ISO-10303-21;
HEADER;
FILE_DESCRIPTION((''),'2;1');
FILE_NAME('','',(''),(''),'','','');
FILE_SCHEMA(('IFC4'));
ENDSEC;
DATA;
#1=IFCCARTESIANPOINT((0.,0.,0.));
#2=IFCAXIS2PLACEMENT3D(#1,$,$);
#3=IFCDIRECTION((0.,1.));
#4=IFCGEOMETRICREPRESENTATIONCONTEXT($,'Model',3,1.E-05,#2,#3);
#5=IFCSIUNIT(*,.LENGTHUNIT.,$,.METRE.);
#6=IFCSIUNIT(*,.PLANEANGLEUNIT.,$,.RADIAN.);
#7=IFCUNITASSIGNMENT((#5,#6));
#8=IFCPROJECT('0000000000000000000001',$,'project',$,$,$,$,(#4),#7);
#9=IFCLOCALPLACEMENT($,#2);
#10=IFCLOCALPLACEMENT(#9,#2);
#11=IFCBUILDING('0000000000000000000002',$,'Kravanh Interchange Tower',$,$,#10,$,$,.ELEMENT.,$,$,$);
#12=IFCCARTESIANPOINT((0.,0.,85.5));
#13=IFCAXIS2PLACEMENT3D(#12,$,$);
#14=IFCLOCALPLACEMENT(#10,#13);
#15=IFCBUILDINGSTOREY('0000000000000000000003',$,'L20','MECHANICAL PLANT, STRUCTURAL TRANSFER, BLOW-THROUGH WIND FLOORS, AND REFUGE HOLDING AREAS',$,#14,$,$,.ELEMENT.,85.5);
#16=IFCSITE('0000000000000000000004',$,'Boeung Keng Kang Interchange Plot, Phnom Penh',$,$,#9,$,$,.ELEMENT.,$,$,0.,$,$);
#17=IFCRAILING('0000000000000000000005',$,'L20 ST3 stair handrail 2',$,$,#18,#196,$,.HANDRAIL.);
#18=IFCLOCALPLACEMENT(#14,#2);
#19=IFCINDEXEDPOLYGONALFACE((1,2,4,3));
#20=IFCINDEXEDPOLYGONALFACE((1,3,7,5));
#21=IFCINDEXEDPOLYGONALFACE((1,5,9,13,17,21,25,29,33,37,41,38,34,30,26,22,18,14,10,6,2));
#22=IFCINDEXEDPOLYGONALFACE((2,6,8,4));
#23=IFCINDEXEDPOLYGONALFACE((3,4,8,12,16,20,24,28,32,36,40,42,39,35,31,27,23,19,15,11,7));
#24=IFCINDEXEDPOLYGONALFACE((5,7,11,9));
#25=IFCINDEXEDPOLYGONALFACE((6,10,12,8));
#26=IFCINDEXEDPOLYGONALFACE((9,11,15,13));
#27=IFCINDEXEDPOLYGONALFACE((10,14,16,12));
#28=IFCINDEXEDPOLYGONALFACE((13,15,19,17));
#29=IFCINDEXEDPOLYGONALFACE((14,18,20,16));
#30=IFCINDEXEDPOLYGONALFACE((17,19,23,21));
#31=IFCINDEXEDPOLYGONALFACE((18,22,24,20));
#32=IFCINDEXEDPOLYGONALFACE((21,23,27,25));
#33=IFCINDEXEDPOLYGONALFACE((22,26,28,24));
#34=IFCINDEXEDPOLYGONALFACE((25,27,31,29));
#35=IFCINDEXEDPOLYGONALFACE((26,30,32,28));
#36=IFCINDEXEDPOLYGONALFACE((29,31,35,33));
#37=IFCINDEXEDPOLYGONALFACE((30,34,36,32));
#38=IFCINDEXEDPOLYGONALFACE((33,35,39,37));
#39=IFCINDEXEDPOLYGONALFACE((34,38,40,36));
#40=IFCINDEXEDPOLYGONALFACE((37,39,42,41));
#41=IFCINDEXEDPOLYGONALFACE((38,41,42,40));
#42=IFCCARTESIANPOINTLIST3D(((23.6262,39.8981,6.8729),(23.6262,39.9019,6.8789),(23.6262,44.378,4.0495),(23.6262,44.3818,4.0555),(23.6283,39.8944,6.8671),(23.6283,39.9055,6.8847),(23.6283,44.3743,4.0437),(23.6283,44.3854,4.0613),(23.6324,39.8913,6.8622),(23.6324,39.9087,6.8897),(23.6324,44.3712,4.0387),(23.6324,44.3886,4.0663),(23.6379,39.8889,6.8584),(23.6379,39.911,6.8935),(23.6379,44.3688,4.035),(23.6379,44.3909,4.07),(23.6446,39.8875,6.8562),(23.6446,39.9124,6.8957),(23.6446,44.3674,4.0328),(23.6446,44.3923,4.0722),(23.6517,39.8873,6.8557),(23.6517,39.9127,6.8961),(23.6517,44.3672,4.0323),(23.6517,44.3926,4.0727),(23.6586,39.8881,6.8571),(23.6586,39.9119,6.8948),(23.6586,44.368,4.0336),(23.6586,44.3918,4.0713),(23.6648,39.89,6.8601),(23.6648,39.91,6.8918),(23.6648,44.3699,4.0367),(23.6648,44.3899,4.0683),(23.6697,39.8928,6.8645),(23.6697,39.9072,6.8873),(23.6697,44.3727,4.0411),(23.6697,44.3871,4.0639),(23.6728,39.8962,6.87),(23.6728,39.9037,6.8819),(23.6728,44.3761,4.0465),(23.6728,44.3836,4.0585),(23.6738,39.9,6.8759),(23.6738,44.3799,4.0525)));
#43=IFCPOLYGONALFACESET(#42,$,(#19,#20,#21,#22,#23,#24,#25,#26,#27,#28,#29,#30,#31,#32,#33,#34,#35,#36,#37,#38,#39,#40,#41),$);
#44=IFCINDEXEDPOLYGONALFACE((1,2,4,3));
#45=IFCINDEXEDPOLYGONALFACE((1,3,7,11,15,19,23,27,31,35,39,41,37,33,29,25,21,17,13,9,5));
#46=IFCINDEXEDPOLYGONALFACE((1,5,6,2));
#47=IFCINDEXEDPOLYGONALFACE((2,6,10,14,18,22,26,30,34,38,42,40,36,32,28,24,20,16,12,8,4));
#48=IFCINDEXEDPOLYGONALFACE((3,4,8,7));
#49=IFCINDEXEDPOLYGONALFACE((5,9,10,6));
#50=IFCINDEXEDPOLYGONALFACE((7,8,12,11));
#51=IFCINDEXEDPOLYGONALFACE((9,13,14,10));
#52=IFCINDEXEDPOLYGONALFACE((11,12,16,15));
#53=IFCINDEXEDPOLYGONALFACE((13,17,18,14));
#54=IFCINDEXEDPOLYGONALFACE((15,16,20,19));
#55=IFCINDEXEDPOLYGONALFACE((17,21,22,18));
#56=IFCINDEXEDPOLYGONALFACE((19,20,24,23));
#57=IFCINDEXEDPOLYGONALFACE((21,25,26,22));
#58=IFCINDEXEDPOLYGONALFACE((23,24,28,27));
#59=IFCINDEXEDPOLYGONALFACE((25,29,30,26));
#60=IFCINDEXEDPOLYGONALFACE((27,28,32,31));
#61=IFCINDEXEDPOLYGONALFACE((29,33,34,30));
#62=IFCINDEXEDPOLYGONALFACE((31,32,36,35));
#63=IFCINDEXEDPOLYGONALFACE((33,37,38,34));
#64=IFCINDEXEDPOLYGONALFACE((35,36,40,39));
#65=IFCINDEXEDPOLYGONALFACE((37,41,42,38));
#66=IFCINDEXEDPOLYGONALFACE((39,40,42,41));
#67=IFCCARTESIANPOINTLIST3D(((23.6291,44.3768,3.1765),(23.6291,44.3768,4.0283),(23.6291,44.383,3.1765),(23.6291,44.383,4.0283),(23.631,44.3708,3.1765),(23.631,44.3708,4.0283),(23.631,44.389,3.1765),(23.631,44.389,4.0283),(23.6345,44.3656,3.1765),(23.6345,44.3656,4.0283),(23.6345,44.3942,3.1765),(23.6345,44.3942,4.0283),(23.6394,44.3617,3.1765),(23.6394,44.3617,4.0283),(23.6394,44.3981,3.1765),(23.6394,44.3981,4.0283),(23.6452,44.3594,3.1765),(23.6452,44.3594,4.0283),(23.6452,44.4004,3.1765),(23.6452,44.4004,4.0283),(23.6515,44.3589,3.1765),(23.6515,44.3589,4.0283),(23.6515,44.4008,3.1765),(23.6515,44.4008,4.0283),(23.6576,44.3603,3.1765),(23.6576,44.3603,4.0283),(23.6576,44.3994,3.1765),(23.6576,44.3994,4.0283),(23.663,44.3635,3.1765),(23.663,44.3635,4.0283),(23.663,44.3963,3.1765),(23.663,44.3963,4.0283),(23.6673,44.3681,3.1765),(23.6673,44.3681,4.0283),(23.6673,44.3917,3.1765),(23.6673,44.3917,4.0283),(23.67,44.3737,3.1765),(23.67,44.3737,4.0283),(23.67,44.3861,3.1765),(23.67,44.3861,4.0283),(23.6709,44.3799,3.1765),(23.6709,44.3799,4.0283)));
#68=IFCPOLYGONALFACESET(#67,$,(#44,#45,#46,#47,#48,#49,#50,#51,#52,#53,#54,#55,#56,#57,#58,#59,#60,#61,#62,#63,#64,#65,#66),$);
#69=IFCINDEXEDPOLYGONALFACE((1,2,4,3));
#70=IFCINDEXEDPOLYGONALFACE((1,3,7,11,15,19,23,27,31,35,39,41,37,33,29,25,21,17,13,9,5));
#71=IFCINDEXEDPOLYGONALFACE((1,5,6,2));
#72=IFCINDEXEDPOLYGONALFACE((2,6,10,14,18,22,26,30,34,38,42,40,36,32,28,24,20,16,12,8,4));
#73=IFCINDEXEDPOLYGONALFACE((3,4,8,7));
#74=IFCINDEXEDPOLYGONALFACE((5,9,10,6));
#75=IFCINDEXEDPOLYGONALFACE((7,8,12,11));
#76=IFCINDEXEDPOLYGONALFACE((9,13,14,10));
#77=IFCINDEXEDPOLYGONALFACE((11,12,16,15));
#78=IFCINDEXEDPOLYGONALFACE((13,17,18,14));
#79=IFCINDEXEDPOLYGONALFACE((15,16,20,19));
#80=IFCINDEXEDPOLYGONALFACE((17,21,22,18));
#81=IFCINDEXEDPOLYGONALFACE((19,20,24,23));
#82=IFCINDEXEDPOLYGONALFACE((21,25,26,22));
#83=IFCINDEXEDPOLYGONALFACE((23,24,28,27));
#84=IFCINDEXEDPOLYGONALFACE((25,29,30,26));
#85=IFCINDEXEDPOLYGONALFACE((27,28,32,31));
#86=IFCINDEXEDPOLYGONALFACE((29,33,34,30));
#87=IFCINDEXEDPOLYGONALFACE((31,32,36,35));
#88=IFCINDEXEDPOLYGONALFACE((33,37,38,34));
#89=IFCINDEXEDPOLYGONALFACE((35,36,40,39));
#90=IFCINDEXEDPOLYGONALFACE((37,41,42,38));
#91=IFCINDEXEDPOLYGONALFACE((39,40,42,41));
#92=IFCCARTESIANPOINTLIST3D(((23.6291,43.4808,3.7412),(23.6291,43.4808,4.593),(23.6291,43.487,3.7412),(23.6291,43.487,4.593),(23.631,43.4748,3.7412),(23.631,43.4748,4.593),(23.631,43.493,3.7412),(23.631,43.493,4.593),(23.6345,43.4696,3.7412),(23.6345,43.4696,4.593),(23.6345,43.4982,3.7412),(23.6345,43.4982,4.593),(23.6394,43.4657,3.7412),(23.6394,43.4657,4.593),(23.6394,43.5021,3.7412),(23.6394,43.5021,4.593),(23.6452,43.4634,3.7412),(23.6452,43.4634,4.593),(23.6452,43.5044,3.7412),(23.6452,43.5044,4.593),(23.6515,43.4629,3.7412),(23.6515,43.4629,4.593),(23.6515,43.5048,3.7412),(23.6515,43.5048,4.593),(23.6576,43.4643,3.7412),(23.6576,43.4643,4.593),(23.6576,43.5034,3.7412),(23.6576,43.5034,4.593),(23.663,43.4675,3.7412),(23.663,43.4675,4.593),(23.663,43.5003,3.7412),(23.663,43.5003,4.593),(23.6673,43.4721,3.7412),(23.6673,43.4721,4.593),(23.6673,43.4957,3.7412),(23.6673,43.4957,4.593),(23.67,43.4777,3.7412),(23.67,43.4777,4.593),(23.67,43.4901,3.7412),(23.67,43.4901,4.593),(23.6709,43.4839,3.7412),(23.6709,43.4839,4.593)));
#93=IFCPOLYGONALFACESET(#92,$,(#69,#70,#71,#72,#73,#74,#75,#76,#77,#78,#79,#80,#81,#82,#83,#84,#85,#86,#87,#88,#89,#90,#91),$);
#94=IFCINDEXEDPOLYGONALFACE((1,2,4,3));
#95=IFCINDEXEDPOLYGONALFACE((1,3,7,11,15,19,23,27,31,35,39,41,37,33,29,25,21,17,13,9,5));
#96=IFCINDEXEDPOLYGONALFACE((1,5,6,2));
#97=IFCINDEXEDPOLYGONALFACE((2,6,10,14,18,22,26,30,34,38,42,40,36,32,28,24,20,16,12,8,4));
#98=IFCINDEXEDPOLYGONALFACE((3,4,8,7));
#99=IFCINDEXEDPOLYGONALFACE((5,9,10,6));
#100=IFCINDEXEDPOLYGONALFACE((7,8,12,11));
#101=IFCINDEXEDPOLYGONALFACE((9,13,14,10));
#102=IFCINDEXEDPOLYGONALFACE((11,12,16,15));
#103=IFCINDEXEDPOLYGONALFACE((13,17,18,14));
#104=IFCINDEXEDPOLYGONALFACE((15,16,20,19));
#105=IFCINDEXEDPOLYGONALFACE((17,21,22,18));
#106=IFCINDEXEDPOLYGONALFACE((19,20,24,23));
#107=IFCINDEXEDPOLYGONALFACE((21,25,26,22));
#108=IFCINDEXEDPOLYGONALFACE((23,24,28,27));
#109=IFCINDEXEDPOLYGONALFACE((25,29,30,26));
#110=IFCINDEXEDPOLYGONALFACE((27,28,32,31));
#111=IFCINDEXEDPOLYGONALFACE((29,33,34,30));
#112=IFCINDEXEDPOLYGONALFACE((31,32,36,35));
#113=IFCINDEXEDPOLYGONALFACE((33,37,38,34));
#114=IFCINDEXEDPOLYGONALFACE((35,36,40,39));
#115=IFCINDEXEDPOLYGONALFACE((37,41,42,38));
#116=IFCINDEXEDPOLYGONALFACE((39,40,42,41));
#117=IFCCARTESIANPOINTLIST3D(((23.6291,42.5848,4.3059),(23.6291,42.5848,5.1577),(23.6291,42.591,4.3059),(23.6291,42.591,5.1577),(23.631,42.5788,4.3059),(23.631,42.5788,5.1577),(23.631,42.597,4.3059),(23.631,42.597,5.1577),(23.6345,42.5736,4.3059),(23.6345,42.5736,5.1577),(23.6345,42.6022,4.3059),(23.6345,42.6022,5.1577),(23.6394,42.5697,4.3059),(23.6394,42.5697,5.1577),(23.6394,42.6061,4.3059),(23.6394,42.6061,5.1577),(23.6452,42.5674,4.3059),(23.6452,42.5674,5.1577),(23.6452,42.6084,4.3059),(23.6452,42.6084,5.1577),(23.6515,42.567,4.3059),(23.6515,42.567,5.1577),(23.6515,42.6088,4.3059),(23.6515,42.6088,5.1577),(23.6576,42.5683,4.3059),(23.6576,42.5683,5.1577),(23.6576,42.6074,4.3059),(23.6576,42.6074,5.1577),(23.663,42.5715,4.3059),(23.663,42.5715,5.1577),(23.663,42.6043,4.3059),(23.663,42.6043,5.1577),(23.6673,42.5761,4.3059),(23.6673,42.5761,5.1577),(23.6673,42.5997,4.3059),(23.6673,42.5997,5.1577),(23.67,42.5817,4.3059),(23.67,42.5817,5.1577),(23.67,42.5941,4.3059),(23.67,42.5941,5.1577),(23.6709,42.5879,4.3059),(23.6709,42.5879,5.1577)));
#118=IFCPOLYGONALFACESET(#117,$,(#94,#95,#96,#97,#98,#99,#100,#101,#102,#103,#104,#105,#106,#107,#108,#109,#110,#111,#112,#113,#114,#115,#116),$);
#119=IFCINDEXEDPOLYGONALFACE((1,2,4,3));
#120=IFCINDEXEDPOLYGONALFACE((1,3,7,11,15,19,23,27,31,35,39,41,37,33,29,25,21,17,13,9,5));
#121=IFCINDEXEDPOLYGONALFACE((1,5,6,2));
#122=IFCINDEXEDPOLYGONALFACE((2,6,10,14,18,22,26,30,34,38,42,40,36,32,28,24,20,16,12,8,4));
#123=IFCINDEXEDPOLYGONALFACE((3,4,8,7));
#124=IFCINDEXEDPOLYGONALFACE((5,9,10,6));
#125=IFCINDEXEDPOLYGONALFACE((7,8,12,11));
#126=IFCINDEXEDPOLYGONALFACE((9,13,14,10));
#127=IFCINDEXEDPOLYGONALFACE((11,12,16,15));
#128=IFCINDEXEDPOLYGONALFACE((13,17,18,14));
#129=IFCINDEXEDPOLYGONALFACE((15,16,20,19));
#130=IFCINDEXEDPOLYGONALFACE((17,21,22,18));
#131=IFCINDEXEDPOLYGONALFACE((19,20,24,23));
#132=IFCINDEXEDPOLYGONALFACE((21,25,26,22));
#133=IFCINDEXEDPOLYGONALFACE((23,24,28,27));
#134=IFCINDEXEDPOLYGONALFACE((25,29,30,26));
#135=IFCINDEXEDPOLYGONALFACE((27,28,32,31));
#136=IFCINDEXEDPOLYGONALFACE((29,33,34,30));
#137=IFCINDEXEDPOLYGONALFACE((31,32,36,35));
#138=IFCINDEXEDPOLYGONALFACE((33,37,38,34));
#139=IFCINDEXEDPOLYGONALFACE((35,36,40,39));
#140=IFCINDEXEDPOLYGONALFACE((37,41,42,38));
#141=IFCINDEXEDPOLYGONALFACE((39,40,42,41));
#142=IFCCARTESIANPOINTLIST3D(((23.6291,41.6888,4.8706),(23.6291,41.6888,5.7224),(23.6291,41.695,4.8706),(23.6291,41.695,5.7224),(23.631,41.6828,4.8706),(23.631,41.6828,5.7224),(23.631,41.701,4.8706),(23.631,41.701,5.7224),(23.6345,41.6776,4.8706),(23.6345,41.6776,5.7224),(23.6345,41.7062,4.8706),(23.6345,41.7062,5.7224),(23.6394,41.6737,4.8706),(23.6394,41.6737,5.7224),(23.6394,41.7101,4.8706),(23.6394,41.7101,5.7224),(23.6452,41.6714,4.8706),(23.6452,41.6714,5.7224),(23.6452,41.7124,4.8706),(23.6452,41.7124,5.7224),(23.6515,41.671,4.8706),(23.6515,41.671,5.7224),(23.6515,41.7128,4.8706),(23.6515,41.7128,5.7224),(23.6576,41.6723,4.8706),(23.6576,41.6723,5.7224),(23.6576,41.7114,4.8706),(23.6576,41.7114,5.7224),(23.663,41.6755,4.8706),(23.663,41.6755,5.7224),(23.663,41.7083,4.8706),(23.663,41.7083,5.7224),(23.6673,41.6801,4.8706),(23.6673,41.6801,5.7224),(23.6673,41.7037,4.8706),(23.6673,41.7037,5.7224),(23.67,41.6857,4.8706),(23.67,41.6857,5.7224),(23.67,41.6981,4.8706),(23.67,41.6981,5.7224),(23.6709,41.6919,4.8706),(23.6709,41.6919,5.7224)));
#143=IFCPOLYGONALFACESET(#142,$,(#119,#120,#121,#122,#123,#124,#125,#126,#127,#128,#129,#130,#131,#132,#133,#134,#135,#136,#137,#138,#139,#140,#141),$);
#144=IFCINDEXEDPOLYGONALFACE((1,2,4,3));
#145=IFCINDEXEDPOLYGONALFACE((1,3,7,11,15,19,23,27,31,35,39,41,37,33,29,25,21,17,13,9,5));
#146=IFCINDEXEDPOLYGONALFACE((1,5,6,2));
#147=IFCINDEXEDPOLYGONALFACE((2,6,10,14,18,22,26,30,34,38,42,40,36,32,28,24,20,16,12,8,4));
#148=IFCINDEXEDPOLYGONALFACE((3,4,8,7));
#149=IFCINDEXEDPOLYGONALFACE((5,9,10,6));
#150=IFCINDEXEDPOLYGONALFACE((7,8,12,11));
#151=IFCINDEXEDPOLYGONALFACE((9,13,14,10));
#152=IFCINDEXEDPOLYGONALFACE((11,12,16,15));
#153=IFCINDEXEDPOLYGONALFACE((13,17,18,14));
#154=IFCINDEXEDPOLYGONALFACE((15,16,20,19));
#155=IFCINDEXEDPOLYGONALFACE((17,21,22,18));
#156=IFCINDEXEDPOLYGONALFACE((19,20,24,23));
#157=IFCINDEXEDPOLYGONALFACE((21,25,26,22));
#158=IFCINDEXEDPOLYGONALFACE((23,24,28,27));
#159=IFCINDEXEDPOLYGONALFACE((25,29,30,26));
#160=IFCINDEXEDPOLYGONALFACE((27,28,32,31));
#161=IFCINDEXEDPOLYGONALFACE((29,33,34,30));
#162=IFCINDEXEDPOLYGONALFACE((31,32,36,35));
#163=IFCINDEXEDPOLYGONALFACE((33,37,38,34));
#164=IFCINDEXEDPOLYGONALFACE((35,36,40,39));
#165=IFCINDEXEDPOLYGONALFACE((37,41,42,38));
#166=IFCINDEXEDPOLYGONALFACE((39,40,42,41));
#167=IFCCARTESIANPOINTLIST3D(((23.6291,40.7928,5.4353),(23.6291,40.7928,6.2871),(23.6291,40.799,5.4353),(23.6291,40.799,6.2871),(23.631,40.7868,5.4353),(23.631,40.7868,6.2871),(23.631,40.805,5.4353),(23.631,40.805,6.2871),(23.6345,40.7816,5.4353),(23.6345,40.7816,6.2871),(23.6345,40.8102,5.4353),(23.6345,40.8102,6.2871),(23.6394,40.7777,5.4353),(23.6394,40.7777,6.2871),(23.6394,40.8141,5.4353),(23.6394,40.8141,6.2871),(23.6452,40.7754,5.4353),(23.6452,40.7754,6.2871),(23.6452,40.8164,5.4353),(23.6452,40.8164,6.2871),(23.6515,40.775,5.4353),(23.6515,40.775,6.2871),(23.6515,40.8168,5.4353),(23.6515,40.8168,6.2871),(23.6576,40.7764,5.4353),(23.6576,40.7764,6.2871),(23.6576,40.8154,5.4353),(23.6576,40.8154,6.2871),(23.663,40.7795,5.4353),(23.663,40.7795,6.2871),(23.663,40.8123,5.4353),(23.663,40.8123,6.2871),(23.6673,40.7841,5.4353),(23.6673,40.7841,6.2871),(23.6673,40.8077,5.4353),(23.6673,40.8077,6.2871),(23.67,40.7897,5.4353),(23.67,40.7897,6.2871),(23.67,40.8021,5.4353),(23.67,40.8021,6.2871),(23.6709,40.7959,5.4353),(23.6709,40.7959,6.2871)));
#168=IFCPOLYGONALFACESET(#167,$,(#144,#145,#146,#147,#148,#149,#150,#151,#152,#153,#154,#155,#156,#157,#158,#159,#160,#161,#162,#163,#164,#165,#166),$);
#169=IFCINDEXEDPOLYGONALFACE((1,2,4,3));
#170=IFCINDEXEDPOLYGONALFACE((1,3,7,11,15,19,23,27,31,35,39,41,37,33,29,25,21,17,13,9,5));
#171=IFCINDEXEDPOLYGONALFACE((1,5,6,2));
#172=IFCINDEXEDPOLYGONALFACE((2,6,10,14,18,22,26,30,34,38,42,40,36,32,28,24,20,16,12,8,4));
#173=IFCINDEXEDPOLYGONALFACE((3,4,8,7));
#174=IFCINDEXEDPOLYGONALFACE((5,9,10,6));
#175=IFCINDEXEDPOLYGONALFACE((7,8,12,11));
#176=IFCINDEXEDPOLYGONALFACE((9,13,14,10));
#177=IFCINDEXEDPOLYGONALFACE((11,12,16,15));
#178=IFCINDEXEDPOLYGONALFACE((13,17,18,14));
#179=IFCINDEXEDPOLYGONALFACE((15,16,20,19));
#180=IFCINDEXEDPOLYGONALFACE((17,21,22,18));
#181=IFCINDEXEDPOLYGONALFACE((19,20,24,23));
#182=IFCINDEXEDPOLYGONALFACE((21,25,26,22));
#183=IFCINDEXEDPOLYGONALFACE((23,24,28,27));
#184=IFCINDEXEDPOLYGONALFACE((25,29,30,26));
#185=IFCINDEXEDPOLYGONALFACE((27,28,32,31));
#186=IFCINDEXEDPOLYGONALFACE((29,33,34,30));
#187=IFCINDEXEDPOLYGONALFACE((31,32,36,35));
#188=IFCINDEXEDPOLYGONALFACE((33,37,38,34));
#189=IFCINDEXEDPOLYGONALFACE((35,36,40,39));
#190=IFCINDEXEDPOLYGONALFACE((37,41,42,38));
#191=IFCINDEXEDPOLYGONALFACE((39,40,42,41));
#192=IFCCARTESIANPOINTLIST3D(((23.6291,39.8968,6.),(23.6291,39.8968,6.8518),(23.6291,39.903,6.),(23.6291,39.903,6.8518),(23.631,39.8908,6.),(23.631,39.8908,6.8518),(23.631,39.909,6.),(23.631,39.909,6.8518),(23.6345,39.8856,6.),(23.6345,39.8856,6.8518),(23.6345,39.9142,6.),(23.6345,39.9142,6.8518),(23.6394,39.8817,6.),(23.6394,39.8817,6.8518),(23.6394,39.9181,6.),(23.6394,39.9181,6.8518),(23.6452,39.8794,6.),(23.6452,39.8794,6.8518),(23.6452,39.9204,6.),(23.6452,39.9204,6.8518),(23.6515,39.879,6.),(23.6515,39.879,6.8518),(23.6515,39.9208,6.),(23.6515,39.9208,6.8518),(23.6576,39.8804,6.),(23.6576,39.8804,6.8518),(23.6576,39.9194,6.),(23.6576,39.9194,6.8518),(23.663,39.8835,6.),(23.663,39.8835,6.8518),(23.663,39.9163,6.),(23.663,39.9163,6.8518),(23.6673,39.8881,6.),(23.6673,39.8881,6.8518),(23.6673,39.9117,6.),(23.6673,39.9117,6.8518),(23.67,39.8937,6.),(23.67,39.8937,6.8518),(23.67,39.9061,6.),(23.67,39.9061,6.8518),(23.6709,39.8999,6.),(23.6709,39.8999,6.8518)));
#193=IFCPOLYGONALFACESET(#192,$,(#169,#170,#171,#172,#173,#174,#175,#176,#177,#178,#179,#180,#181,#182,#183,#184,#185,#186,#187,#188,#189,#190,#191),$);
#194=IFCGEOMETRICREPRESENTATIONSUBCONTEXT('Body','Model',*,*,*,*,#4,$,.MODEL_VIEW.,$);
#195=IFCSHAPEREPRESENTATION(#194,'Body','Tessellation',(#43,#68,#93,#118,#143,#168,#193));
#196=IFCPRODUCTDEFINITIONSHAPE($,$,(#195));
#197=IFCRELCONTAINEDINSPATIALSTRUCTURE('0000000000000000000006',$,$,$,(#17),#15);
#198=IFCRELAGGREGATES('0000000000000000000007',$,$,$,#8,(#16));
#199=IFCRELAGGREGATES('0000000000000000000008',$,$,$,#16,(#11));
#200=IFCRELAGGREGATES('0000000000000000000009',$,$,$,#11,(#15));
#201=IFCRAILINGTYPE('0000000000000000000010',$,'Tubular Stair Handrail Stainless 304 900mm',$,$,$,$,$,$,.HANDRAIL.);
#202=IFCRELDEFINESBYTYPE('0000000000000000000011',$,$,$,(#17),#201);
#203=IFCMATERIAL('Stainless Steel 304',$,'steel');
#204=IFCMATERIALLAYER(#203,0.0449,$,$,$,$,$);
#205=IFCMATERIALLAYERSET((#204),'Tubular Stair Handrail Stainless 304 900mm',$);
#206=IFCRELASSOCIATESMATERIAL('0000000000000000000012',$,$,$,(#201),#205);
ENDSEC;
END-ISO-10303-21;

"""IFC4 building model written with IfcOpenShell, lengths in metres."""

from ifc_helpers import new_model, si_unit, direction, frame, origin, origin_2d, place, context, subcontext, project, spatial, circle, extrude, material, layer, layer_set, type_object, element, save


model = new_model("IFC4")

# Units and contexts
model_context = context("Model", 3, precision=1e-05, world=origin(), true_north=direction((0.0, 1.0)))
body_context = subcontext(model_context, "Body", "Model", "MODEL_VIEW")
ifc_project = project(units=[si_unit("LENGTHUNIT", "METRE"), si_unit("PLANEANGLEUNIT", "RADIAN")], contexts=[model_context])

# Site, building, storey
site_placement = place(None, origin())
site = spatial("IfcSite", under=ifc_project, at=site_placement, Name="Boeung Keng Kang Interchange Plot, Phnom Penh", CompositionType="ELEMENT", RefElevation=0.0)
building_placement = place(site_placement, origin())
building = spatial("IfcBuilding", under=site, at=building_placement, Name="Kravanh Interchange Tower", CompositionType="ELEMENT")
storey_placement = place(building_placement, frame((0.0, 0.0, 85.5)))
storey = spatial("IfcBuildingStorey", under=building, at=storey_placement, Name="L20", Description="MECHANICAL PLANT, STRUCTURAL TRANSFER, BLOW-THROUGH WIND FLOORS, AND REFUGE HOLDING AREAS", CompositionType="ELEMENT", Elevation=85.5)

# Railing
ifc_material_1 = material(Name="Stainless Steel 304", Category="steel")
ifc_layer_1 = layer(ifc_material_1, 0.0449)
ifc_layer_set_1 = layer_set([ifc_layer_1], Name="Tubular Stair Handrail Stainless 304 900mm")
railing_type_1 = type_object("IfcRailingType", Name="Tubular Stair Handrail Stainless 304 900mm", PredefinedType="HANDRAIL", material=ifc_layer_set_1)
railing_1_placement = place(storey_placement, frame((23.6499, 44.3799, 3.1765)))
element("IfcRailing", 1, at=railing_1_placement, inside=storey, type_object=railing_type_1, Name="L20 ST3 stair handrail 2", PredefinedType="HANDRAIL", context=body_context, shape_type="SweptSolid", body=[
    extrude(circle(Radius=0.0239, at=origin_2d()), frame((0.0, 0.0, 0.876), z_axis=(0.0, -0.845998, 0.533186), x_axis=(1.0, 0.0, 0.0)), (0.0, 0.0, 1.0), 5.2954),
    extrude(circle(Radius=0.021, at=origin_2d()), origin(), (0.0, 0.0, 1.0), 0.8518),
    extrude(circle(Radius=0.021, at=origin_2d()), frame((0.0, -0.896, 0.5647)), (0.0, 0.0, 1.0), 0.8518),
    extrude(circle(Radius=0.021, at=origin_2d()), frame((0.0, -1.792, 1.1294)), (0.0, 0.0, 1.0), 0.8518),
    extrude(circle(Radius=0.021, at=origin_2d()), frame((0.0, -2.688, 1.6941)), (0.0, 0.0, 1.0), 0.8518),
    extrude(circle(Radius=0.021, at=origin_2d()), frame((0.0, -3.584, 2.2588)), (0.0, 0.0, 1.0), 0.8518),
    extrude(circle(Radius=0.021, at=origin_2d()), frame((0.0, -4.48, 2.8235)), (0.0, 0.0, 1.0), 0.8518),
])

save(model, "model.ifc")
